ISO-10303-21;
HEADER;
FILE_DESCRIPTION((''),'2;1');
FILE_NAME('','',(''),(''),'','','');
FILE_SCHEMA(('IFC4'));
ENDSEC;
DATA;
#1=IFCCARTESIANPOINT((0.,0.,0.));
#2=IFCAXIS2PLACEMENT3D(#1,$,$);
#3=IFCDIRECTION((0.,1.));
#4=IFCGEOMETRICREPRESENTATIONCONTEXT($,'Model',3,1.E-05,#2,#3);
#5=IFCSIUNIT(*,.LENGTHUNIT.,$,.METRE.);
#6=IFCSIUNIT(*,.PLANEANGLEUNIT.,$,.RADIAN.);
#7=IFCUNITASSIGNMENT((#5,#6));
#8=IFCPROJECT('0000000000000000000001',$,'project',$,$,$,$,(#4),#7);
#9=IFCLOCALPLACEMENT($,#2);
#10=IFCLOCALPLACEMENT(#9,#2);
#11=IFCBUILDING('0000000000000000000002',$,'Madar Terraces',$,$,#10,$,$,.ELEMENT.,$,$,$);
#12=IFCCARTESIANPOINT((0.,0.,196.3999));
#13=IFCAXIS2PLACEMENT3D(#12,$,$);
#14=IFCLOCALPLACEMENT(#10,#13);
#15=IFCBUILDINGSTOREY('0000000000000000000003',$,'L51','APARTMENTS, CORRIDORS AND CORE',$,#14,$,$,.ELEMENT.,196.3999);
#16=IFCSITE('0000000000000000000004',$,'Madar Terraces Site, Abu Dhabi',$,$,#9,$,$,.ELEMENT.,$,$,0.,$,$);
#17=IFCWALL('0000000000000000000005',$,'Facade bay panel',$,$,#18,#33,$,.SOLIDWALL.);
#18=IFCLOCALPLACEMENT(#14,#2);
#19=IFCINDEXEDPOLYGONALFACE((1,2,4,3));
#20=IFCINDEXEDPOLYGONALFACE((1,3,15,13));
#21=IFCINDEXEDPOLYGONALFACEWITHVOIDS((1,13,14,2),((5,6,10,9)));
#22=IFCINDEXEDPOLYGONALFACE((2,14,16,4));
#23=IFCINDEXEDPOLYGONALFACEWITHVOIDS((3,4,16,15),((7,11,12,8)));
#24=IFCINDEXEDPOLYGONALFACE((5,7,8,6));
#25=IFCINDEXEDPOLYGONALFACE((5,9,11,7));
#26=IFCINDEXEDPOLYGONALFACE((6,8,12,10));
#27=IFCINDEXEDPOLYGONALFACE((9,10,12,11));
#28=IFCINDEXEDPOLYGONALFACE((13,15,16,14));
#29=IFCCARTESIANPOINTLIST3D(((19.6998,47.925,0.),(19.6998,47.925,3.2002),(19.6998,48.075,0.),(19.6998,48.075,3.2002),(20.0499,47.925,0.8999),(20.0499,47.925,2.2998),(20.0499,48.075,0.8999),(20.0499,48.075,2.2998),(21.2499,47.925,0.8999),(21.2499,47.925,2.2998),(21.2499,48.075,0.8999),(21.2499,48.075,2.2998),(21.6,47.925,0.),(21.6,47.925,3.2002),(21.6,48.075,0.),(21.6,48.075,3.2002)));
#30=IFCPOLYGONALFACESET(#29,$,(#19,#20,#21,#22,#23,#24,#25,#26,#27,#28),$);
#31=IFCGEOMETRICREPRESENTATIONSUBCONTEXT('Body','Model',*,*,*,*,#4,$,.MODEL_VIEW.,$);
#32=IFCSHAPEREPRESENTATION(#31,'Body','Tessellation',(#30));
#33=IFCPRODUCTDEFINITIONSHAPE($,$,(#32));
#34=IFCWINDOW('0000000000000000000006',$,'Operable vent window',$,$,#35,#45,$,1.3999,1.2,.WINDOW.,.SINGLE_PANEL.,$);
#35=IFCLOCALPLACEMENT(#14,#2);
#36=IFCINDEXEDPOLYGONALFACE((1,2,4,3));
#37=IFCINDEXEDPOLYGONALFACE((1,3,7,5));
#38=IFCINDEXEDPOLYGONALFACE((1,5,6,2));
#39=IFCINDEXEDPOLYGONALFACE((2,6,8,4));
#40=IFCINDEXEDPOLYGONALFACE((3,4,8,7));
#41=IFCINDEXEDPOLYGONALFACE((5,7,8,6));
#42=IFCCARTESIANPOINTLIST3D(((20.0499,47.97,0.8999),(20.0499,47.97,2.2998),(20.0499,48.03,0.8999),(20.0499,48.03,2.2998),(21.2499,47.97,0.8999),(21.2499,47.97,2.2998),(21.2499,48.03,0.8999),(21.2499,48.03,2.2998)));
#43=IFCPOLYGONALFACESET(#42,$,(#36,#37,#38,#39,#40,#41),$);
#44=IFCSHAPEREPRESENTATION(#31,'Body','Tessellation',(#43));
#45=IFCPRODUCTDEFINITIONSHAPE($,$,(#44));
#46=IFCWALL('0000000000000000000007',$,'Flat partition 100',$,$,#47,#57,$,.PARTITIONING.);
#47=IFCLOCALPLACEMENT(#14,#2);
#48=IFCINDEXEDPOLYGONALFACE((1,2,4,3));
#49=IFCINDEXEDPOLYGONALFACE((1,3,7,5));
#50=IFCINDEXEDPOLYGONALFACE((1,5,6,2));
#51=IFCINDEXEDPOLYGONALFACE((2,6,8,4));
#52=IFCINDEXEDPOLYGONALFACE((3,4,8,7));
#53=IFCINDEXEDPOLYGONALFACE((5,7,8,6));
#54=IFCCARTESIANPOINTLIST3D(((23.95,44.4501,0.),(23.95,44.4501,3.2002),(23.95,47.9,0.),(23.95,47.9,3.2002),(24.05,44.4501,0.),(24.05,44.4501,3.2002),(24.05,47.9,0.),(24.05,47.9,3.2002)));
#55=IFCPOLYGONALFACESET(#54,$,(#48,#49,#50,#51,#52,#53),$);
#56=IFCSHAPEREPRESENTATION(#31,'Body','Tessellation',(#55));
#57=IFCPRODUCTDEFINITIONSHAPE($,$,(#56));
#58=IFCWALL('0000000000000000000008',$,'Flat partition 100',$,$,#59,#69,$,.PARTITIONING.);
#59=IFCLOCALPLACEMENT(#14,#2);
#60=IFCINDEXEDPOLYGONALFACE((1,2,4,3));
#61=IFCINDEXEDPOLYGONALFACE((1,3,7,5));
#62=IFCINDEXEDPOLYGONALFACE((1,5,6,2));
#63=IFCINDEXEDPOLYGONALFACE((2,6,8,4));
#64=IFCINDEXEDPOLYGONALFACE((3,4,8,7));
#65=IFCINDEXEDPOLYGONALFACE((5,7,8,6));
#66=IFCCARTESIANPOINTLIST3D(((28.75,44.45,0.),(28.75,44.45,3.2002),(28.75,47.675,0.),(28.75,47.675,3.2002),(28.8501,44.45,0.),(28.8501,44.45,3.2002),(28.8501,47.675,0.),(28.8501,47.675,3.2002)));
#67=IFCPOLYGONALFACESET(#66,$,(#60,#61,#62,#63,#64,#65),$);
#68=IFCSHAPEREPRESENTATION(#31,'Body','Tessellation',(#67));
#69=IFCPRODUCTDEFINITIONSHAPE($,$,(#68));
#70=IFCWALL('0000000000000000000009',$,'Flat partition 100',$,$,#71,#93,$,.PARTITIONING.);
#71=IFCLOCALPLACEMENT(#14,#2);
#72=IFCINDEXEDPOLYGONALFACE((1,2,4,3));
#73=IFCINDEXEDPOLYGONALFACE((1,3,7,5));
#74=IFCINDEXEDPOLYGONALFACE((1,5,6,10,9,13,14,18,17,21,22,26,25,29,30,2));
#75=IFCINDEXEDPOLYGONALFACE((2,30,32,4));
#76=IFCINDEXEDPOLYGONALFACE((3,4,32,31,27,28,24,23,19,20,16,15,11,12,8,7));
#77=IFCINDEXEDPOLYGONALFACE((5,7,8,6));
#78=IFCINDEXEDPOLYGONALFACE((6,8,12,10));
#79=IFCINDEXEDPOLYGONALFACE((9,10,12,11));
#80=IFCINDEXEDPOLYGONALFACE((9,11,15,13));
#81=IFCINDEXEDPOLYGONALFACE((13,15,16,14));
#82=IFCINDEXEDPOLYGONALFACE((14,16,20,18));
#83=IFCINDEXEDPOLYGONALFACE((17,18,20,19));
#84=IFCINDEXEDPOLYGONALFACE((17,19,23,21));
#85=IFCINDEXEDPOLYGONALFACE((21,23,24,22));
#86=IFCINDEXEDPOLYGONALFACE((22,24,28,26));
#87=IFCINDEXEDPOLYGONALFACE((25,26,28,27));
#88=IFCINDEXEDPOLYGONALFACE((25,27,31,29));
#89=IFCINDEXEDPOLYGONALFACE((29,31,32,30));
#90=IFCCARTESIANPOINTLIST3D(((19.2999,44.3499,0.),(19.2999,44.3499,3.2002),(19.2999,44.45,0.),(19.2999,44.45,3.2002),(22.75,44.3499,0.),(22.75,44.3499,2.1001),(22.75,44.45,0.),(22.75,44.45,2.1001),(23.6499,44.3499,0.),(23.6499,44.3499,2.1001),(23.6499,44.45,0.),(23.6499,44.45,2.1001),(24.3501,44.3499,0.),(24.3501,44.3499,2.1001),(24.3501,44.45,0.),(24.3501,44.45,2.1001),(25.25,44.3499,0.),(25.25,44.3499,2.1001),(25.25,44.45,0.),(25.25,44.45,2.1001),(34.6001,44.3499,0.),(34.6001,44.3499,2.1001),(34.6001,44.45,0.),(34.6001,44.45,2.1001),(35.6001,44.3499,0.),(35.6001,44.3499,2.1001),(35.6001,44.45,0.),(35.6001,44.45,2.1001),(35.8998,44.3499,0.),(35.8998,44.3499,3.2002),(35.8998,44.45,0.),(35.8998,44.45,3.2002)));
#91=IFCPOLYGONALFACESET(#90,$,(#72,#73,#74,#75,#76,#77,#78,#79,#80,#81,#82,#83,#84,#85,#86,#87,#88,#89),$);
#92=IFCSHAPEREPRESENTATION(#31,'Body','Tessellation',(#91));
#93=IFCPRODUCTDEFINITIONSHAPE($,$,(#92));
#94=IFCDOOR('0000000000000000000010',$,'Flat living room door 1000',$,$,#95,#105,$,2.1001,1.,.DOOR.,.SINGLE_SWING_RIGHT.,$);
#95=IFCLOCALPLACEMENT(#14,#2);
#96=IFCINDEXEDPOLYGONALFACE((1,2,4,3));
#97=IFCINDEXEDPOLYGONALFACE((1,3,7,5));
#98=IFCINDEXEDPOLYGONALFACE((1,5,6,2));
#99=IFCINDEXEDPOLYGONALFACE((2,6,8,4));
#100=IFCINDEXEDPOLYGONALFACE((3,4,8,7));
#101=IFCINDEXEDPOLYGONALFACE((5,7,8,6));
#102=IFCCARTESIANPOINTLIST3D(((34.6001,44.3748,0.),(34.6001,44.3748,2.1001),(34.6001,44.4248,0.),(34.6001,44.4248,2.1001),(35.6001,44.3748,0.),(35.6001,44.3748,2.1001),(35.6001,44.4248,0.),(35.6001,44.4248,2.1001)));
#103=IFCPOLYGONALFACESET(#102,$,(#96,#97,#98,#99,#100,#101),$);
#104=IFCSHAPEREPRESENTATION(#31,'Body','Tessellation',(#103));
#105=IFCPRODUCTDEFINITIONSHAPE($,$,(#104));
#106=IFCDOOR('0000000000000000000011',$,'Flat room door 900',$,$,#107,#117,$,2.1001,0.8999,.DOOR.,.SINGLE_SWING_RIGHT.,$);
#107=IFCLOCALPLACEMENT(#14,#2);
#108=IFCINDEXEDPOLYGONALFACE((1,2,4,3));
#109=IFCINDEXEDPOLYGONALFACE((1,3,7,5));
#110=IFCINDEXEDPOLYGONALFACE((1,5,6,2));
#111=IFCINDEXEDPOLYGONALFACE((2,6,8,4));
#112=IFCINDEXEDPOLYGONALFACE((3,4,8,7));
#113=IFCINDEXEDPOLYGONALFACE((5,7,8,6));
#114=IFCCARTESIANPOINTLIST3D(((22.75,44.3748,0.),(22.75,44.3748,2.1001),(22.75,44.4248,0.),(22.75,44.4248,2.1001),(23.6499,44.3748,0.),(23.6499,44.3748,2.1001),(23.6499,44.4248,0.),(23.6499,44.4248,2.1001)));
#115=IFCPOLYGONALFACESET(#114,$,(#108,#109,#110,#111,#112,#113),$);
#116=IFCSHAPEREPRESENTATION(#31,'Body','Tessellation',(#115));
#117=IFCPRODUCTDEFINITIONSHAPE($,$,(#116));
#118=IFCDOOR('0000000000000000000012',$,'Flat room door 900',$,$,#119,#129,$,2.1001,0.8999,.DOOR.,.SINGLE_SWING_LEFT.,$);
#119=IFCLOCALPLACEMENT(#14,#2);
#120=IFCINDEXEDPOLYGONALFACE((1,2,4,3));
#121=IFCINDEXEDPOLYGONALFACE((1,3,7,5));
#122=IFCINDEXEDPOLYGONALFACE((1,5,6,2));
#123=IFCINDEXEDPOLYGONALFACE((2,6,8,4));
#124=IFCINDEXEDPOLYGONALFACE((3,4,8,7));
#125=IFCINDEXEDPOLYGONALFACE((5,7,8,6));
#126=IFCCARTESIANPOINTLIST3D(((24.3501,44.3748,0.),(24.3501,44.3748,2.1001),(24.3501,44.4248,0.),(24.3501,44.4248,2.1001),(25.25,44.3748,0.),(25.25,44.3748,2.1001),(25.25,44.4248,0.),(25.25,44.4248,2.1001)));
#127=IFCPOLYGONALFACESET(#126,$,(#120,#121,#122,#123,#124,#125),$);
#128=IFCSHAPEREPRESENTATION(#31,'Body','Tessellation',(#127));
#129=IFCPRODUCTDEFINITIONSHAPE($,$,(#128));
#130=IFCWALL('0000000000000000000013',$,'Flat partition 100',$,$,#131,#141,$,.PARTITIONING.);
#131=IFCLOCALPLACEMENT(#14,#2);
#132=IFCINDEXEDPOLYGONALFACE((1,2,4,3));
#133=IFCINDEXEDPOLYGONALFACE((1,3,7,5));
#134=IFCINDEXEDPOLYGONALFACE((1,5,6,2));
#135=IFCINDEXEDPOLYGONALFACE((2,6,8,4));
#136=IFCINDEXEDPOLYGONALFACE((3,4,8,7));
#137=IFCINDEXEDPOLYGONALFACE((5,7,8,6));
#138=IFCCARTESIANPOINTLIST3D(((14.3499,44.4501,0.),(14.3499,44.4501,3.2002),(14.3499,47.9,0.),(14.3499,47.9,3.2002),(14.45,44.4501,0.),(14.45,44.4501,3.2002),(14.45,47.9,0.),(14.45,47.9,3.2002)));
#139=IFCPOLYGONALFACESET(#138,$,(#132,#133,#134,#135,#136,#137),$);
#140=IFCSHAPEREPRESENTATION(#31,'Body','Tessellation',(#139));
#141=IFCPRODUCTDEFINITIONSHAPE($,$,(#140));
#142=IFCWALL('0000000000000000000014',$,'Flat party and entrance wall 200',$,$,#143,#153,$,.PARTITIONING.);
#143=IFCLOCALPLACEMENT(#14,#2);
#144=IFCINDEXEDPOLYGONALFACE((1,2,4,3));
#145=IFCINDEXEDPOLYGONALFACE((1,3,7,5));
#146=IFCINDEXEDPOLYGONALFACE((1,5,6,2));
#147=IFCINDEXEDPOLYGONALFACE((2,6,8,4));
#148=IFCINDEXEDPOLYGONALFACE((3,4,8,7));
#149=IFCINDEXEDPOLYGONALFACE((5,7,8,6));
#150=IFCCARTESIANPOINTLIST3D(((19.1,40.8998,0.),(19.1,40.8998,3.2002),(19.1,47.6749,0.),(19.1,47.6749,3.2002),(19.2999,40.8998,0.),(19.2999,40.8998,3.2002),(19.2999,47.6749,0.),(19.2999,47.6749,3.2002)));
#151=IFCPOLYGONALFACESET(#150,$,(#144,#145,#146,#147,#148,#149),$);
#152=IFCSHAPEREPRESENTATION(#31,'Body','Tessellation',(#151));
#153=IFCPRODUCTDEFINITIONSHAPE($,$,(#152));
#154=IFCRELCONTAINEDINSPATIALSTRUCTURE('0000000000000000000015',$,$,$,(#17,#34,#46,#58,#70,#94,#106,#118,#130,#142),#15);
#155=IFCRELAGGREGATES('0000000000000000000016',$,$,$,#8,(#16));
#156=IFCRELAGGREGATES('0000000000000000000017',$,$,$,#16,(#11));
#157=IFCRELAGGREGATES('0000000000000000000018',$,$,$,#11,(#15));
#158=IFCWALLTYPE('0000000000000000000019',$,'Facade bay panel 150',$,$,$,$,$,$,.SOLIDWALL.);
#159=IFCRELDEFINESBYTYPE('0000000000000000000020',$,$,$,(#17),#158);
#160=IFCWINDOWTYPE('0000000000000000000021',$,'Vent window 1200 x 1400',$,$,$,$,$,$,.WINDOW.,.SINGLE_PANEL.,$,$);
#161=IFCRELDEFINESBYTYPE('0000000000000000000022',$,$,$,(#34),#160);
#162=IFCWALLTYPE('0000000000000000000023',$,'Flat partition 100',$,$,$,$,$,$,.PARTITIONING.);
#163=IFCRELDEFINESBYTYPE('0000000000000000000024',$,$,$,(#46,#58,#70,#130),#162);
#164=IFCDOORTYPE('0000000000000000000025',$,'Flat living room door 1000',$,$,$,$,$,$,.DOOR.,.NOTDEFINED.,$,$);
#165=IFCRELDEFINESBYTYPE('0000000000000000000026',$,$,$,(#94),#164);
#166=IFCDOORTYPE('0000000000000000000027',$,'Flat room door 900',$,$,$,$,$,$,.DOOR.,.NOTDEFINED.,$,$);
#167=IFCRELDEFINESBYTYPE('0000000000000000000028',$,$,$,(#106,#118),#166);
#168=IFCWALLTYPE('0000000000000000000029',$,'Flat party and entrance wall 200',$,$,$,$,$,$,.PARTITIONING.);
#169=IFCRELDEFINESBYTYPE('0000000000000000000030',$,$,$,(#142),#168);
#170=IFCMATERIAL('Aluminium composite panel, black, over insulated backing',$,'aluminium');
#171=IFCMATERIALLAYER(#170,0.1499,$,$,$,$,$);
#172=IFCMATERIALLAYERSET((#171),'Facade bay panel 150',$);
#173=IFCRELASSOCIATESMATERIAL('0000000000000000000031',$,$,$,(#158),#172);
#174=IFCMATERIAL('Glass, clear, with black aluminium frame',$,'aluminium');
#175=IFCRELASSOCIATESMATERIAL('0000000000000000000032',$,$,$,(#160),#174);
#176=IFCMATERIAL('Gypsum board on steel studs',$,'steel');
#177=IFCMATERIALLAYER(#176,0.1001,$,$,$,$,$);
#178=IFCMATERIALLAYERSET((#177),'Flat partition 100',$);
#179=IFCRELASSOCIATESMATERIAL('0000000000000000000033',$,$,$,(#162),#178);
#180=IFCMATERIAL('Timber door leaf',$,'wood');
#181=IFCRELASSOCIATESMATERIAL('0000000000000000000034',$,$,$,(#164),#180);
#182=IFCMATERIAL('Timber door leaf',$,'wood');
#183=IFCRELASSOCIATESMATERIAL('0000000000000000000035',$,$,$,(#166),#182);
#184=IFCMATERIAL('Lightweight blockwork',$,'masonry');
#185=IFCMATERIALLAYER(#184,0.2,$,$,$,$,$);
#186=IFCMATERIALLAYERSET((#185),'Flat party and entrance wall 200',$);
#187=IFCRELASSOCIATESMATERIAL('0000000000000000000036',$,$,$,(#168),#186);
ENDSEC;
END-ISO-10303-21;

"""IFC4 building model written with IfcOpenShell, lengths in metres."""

from ifc_helpers import new_model, si_unit, direction, frame, frame_2d, origin, place, context, subcontext, project, spatial, rectangle, extrude, material, layer, layer_set, type_object, element, fill, save


model = new_model("IFC4")

# Units and contexts
model_context = context("Model", 3, precision=1e-05, world=origin(), true_north=direction((0.0, 1.0)))
body_context = subcontext(model_context, "Body", "Model", "MODEL_VIEW")
ifc_project = project(units=[si_unit("LENGTHUNIT", "METRE"), si_unit("PLANEANGLEUNIT", "RADIAN")], contexts=[model_context])

# Site, building, storey
site_placement = place(None, origin())
site = spatial("IfcSite", under=ifc_project, at=site_placement, Name="Madar Terraces Site, Abu Dhabi", CompositionType="ELEMENT", RefElevation=0.0)
building_placement = place(site_placement, origin())
building = spatial("IfcBuilding", under=site, at=building_placement, Name="Madar Terraces", CompositionType="ELEMENT")
storey_placement = place(building_placement, frame((0.0, 0.0, 196.3999)))
storey = spatial("IfcBuildingStorey", under=building, at=storey_placement, Name="L51", Description="APARTMENTS, CORRIDORS AND CORE", CompositionType="ELEMENT", Elevation=196.3999)

# Wall, opening, window
ifc_material_1 = material(Name="Aluminium composite panel, black, over insulated backing", Category="aluminium")
ifc_layer_1 = layer(ifc_material_1, 0.1499)
ifc_layer_set_1 = layer_set([ifc_layer_1], Name="Facade bay panel 150")
wall_type_1 = type_object("IfcWallType", Name="Facade bay panel 150", PredefinedType="SOLIDWALL", material=ifc_layer_set_1)
ifc_material_2 = material(Name="Glass, clear, with black aluminium frame", Category="aluminium")
window_type = type_object("IfcWindowType", Name="Vent window 1200 x 1400", PartitioningType="SINGLE_PANEL", PredefinedType="WINDOW", material=ifc_material_2)
wall_1_placement = place(storey_placement, frame((21.6001, 48.0, 0.0), z_axis=(0.0, 0.0, 1.0), x_axis=(-1.0, 0.0, 0.0)))
wall_1 = element("IfcWall", 1, at=wall_1_placement, inside=storey, type_object=wall_type_1, Name="Facade bay panel", PredefinedType="SOLIDWALL", context=body_context, shape_type="SweptSolid", body=[
    extrude(rectangle(XDim=1.9001, YDim=0.1499, at=frame_2d((0.9502, 0.0))), origin(), (0.0, 0.0, 1.0), 3.2002),
])
opening_1_placement = place(wall_1_placement, frame((0.3501, 0.0, 0.8999)))
opening_1 = element("IfcOpeningElement", 2, at=opening_1_placement, cuts=wall_1, PredefinedType="OPENING", context=body_context, shape_type="SweptSolid", body=[
    extrude(rectangle(XDim=1.2, YDim=1.3999, at=frame_2d((0.6001, 0.7))), frame((0.0, 0.085, 0.0), z_axis=(0.0, -1.0, 0.0), x_axis=(1.0, 0.0, 0.0)), (0.0, 0.0, 1.0), 0.1699),
])
window_1_placement = place(opening_1_placement, origin())
window_1 = element("IfcWindow", 3, at=window_1_placement, inside=storey, type_object=window_type, Name="Operable vent window", OverallHeight=1.3999, OverallWidth=1.2, PartitioningType="SINGLE_PANEL", PredefinedType="WINDOW", context=body_context, shape_type="SweptSolid", body=[
    extrude(rectangle(XDim=1.2, YDim=1.3999, at=frame_2d((0.6001, 0.7))), frame((0.0, 0.03, 0.0), z_axis=(0.0, -1.0, 0.0), x_axis=(1.0, 0.0, 0.0)), (0.0, 0.0, 1.0), 0.0601),
])
fill(opening_1, window_1)

# Walls
ifc_material_3 = material(Name="Gypsum board on steel studs", Category="steel")
ifc_layer_2 = layer(ifc_material_3, 0.1001)
ifc_layer_set_2 = layer_set([ifc_layer_2], Name="Flat partition 100")
wall_type_2 = type_object("IfcWallType", Name="Flat partition 100", PredefinedType="PARTITIONING", material=ifc_layer_set_2)
wall_2_placement = place(storey_placement, frame((24.0, 44.45, 0.0), z_axis=(0.0, 0.0, 1.0), x_axis=(0.0, 1.0, 0.0)))
element("IfcWall", 4, at=wall_2_placement, inside=storey, type_object=wall_type_2, Name="Flat partition 100", PredefinedType="PARTITIONING", context=body_context, shape_type="SweptSolid", body=[
    extrude(rectangle(XDim=3.45, YDim=0.1001, at=frame_2d((1.7251, 0.0))), origin(), (0.0, 0.0, 1.0), 3.2002),
])
wall_3_placement = place(storey_placement, frame((28.8, 44.45, 0.0), z_axis=(0.0, 0.0, 1.0), x_axis=(0.0, 1.0, 0.0)))
element("IfcWall", 5, at=wall_3_placement, inside=storey, type_object=wall_type_2, Name="Flat partition 100", PredefinedType="PARTITIONING", context=body_context, shape_type="SweptSolid", body=[
    extrude(rectangle(XDim=3.2251, YDim=0.1001, at=frame_2d((1.6125, 0.0))), origin(), (0.0, 0.0, 1.0), 3.2002),
])

# Wall, openings, doors
wall_4_placement = place(storey_placement, frame((19.3, 44.3999, 0.0), z_axis=(0.0, 0.0, 1.0), x_axis=(1.0, 0.0, 0.0)))
wall_4 = element("IfcWall", 6, at=wall_4_placement, inside=storey, type_object=wall_type_2, Name="Flat partition 100", PredefinedType="PARTITIONING", context=body_context, shape_type="SweptSolid", body=[
    extrude(rectangle(XDim=16.5999, YDim=0.1001, at=frame_2d((8.2998, 0.0))), origin(), (0.0, 0.0, 1.0), 3.2002),
])
opening_2_placement = place(wall_4_placement, frame((3.45, 0.0, 0.0)))
opening_2 = element("IfcOpeningElement", 7, at=opening_2_placement, cuts=wall_4, PredefinedType="OPENING", context=body_context, shape_type="SweptSolid", body=[
    extrude(rectangle(XDim=0.8999, YDim=2.1001, at=frame_2d((0.45, 1.05))), frame((0.0, 0.0601, 0.0), z_axis=(0.0, -1.0, 0.0), x_axis=(1.0, 0.0, 0.0)), (0.0, 0.0, 1.0), 0.1201),
])
opening_3_placement = place(wall_4_placement, frame((5.05, 0.0, 0.0)))
opening_3 = element("IfcOpeningElement", 8, at=opening_3_placement, cuts=wall_4, PredefinedType="OPENING", context=body_context, shape_type="SweptSolid", body=[
    extrude(rectangle(XDim=0.8999, YDim=2.1001, at=frame_2d((0.45, 1.05))), frame((0.0, 0.0601, 0.0), z_axis=(0.0, -1.0, 0.0), x_axis=(1.0, 0.0, 0.0)), (0.0, 0.0, 1.0), 0.1201),
])
opening_4_placement = place(wall_4_placement, frame((15.3, 0.0, 0.0)))
opening_4 = element("IfcOpeningElement", 9, at=opening_4_placement, cuts=wall_4, PredefinedType="OPENING", context=body_context, shape_type="SweptSolid", body=[
    extrude(rectangle(XDim=1.0, YDim=2.1001, at=frame_2d((0.5, 1.05))), frame((0.0, 0.0601, 0.0), z_axis=(0.0, -1.0, 0.0), x_axis=(1.0, 0.0, 0.0)), (0.0, 0.0, 1.0), 0.1201),
])
ifc_material_4 = material(Name="Timber door leaf", Category="wood")
door_type_1 = type_object("IfcDoorType", Name="Flat living room door 1000", OperationType="NOTDEFINED", PredefinedType="DOOR", material=ifc_material_4)
door_1_placement = place(opening_4_placement, origin())
door_1 = element("IfcDoor", 10, at=door_1_placement, inside=storey, type_object=door_type_1, Name="Flat living room door 1000", OperationType="SINGLE_SWING_RIGHT", OverallHeight=2.1001, OverallWidth=1.0, PredefinedType="DOOR", context=body_context, shape_type="SweptSolid", body=[
    extrude(rectangle(XDim=1.0, YDim=2.1001, at=frame_2d((0.5, 1.05))), frame((0.0, 0.0249, 0.0), z_axis=(0.0, -1.0, 0.0), x_axis=(1.0, 0.0, 0.0)), (0.0, 0.0, 1.0), 0.05),
])
fill(opening_4, door_1)
ifc_material_5 = material(Name="Timber door leaf", Category="wood")
door_type_2 = type_object("IfcDoorType", Name="Flat room door 900", OperationType="NOTDEFINED", PredefinedType="DOOR", material=ifc_material_5)
door_2_placement = place(opening_2_placement, origin())
door_2 = element("IfcDoor", 11, at=door_2_placement, inside=storey, type_object=door_type_2, Name="Flat room door 900", OperationType="SINGLE_SWING_RIGHT", OverallHeight=2.1001, OverallWidth=0.8999, PredefinedType="DOOR", context=body_context, shape_type="SweptSolid", body=[
    extrude(rectangle(XDim=0.8999, YDim=2.1001, at=frame_2d((0.45, 1.05))), frame((0.0, 0.0249, 0.0), z_axis=(0.0, -1.0, 0.0), x_axis=(1.0, 0.0, 0.0)), (0.0, 0.0, 1.0), 0.05),
])
fill(opening_2, door_2)
door_3_placement = place(opening_3_placement, origin())
door_3 = element("IfcDoor", 12, at=door_3_placement, inside=storey, type_object=door_type_2, Name="Flat room door 900", OperationType="SINGLE_SWING_LEFT", OverallHeight=2.1001, OverallWidth=0.8999, PredefinedType="DOOR", context=body_context, shape_type="SweptSolid", body=[
    extrude(rectangle(XDim=0.8999, YDim=2.1001, at=frame_2d((0.45, 1.05))), frame((0.0, 0.0249, 0.0), z_axis=(0.0, -1.0, 0.0), x_axis=(1.0, 0.0, 0.0)), (0.0, 0.0, 1.0), 0.05),
])
fill(opening_3, door_3)

# Walls
wall_5_placement = place(storey_placement, frame((14.3999, 44.45, 0.0), z_axis=(0.0, 0.0, 1.0), x_axis=(0.0, 1.0, 0.0)))
element("IfcWall", 13, at=wall_5_placement, inside=storey, type_object=wall_type_2, Name="Flat partition 100", PredefinedType="PARTITIONING", context=body_context, shape_type="SweptSolid", body=[
    extrude(rectangle(XDim=3.45, YDim=0.1001, at=frame_2d((1.7251, 0.0))), origin(), (0.0, 0.0, 1.0), 3.2002),
])
ifc_material_6 = material(Name="Lightweight blockwork", Category="masonry")
ifc_layer_3 = layer(ifc_material_6, 0.2)
ifc_layer_set_3 = layer_set([ifc_layer_3], Name="Flat party and entrance wall 200")
wall_type_3 = type_object("IfcWallType", Name="Flat party and entrance wall 200", PredefinedType="PARTITIONING", material=ifc_layer_set_3)
wall_6_placement = place(storey_placement, frame((19.2, 47.675, 0.0), z_axis=(0.0, 0.0, 1.0), x_axis=(0.0, -1.0, 0.0)))
element("IfcWall", 14, at=wall_6_placement, inside=storey, type_object=wall_type_3, Name="Flat party and entrance wall 200", PredefinedType="PARTITIONING", context=body_context, shape_type="SweptSolid", body=[
    extrude(rectangle(XDim=6.7751, YDim=0.2, at=frame_2d((3.3877, 0.0))), origin(), (0.0, 0.0, 1.0), 3.2002),
])

save(model, "model.ifc")
